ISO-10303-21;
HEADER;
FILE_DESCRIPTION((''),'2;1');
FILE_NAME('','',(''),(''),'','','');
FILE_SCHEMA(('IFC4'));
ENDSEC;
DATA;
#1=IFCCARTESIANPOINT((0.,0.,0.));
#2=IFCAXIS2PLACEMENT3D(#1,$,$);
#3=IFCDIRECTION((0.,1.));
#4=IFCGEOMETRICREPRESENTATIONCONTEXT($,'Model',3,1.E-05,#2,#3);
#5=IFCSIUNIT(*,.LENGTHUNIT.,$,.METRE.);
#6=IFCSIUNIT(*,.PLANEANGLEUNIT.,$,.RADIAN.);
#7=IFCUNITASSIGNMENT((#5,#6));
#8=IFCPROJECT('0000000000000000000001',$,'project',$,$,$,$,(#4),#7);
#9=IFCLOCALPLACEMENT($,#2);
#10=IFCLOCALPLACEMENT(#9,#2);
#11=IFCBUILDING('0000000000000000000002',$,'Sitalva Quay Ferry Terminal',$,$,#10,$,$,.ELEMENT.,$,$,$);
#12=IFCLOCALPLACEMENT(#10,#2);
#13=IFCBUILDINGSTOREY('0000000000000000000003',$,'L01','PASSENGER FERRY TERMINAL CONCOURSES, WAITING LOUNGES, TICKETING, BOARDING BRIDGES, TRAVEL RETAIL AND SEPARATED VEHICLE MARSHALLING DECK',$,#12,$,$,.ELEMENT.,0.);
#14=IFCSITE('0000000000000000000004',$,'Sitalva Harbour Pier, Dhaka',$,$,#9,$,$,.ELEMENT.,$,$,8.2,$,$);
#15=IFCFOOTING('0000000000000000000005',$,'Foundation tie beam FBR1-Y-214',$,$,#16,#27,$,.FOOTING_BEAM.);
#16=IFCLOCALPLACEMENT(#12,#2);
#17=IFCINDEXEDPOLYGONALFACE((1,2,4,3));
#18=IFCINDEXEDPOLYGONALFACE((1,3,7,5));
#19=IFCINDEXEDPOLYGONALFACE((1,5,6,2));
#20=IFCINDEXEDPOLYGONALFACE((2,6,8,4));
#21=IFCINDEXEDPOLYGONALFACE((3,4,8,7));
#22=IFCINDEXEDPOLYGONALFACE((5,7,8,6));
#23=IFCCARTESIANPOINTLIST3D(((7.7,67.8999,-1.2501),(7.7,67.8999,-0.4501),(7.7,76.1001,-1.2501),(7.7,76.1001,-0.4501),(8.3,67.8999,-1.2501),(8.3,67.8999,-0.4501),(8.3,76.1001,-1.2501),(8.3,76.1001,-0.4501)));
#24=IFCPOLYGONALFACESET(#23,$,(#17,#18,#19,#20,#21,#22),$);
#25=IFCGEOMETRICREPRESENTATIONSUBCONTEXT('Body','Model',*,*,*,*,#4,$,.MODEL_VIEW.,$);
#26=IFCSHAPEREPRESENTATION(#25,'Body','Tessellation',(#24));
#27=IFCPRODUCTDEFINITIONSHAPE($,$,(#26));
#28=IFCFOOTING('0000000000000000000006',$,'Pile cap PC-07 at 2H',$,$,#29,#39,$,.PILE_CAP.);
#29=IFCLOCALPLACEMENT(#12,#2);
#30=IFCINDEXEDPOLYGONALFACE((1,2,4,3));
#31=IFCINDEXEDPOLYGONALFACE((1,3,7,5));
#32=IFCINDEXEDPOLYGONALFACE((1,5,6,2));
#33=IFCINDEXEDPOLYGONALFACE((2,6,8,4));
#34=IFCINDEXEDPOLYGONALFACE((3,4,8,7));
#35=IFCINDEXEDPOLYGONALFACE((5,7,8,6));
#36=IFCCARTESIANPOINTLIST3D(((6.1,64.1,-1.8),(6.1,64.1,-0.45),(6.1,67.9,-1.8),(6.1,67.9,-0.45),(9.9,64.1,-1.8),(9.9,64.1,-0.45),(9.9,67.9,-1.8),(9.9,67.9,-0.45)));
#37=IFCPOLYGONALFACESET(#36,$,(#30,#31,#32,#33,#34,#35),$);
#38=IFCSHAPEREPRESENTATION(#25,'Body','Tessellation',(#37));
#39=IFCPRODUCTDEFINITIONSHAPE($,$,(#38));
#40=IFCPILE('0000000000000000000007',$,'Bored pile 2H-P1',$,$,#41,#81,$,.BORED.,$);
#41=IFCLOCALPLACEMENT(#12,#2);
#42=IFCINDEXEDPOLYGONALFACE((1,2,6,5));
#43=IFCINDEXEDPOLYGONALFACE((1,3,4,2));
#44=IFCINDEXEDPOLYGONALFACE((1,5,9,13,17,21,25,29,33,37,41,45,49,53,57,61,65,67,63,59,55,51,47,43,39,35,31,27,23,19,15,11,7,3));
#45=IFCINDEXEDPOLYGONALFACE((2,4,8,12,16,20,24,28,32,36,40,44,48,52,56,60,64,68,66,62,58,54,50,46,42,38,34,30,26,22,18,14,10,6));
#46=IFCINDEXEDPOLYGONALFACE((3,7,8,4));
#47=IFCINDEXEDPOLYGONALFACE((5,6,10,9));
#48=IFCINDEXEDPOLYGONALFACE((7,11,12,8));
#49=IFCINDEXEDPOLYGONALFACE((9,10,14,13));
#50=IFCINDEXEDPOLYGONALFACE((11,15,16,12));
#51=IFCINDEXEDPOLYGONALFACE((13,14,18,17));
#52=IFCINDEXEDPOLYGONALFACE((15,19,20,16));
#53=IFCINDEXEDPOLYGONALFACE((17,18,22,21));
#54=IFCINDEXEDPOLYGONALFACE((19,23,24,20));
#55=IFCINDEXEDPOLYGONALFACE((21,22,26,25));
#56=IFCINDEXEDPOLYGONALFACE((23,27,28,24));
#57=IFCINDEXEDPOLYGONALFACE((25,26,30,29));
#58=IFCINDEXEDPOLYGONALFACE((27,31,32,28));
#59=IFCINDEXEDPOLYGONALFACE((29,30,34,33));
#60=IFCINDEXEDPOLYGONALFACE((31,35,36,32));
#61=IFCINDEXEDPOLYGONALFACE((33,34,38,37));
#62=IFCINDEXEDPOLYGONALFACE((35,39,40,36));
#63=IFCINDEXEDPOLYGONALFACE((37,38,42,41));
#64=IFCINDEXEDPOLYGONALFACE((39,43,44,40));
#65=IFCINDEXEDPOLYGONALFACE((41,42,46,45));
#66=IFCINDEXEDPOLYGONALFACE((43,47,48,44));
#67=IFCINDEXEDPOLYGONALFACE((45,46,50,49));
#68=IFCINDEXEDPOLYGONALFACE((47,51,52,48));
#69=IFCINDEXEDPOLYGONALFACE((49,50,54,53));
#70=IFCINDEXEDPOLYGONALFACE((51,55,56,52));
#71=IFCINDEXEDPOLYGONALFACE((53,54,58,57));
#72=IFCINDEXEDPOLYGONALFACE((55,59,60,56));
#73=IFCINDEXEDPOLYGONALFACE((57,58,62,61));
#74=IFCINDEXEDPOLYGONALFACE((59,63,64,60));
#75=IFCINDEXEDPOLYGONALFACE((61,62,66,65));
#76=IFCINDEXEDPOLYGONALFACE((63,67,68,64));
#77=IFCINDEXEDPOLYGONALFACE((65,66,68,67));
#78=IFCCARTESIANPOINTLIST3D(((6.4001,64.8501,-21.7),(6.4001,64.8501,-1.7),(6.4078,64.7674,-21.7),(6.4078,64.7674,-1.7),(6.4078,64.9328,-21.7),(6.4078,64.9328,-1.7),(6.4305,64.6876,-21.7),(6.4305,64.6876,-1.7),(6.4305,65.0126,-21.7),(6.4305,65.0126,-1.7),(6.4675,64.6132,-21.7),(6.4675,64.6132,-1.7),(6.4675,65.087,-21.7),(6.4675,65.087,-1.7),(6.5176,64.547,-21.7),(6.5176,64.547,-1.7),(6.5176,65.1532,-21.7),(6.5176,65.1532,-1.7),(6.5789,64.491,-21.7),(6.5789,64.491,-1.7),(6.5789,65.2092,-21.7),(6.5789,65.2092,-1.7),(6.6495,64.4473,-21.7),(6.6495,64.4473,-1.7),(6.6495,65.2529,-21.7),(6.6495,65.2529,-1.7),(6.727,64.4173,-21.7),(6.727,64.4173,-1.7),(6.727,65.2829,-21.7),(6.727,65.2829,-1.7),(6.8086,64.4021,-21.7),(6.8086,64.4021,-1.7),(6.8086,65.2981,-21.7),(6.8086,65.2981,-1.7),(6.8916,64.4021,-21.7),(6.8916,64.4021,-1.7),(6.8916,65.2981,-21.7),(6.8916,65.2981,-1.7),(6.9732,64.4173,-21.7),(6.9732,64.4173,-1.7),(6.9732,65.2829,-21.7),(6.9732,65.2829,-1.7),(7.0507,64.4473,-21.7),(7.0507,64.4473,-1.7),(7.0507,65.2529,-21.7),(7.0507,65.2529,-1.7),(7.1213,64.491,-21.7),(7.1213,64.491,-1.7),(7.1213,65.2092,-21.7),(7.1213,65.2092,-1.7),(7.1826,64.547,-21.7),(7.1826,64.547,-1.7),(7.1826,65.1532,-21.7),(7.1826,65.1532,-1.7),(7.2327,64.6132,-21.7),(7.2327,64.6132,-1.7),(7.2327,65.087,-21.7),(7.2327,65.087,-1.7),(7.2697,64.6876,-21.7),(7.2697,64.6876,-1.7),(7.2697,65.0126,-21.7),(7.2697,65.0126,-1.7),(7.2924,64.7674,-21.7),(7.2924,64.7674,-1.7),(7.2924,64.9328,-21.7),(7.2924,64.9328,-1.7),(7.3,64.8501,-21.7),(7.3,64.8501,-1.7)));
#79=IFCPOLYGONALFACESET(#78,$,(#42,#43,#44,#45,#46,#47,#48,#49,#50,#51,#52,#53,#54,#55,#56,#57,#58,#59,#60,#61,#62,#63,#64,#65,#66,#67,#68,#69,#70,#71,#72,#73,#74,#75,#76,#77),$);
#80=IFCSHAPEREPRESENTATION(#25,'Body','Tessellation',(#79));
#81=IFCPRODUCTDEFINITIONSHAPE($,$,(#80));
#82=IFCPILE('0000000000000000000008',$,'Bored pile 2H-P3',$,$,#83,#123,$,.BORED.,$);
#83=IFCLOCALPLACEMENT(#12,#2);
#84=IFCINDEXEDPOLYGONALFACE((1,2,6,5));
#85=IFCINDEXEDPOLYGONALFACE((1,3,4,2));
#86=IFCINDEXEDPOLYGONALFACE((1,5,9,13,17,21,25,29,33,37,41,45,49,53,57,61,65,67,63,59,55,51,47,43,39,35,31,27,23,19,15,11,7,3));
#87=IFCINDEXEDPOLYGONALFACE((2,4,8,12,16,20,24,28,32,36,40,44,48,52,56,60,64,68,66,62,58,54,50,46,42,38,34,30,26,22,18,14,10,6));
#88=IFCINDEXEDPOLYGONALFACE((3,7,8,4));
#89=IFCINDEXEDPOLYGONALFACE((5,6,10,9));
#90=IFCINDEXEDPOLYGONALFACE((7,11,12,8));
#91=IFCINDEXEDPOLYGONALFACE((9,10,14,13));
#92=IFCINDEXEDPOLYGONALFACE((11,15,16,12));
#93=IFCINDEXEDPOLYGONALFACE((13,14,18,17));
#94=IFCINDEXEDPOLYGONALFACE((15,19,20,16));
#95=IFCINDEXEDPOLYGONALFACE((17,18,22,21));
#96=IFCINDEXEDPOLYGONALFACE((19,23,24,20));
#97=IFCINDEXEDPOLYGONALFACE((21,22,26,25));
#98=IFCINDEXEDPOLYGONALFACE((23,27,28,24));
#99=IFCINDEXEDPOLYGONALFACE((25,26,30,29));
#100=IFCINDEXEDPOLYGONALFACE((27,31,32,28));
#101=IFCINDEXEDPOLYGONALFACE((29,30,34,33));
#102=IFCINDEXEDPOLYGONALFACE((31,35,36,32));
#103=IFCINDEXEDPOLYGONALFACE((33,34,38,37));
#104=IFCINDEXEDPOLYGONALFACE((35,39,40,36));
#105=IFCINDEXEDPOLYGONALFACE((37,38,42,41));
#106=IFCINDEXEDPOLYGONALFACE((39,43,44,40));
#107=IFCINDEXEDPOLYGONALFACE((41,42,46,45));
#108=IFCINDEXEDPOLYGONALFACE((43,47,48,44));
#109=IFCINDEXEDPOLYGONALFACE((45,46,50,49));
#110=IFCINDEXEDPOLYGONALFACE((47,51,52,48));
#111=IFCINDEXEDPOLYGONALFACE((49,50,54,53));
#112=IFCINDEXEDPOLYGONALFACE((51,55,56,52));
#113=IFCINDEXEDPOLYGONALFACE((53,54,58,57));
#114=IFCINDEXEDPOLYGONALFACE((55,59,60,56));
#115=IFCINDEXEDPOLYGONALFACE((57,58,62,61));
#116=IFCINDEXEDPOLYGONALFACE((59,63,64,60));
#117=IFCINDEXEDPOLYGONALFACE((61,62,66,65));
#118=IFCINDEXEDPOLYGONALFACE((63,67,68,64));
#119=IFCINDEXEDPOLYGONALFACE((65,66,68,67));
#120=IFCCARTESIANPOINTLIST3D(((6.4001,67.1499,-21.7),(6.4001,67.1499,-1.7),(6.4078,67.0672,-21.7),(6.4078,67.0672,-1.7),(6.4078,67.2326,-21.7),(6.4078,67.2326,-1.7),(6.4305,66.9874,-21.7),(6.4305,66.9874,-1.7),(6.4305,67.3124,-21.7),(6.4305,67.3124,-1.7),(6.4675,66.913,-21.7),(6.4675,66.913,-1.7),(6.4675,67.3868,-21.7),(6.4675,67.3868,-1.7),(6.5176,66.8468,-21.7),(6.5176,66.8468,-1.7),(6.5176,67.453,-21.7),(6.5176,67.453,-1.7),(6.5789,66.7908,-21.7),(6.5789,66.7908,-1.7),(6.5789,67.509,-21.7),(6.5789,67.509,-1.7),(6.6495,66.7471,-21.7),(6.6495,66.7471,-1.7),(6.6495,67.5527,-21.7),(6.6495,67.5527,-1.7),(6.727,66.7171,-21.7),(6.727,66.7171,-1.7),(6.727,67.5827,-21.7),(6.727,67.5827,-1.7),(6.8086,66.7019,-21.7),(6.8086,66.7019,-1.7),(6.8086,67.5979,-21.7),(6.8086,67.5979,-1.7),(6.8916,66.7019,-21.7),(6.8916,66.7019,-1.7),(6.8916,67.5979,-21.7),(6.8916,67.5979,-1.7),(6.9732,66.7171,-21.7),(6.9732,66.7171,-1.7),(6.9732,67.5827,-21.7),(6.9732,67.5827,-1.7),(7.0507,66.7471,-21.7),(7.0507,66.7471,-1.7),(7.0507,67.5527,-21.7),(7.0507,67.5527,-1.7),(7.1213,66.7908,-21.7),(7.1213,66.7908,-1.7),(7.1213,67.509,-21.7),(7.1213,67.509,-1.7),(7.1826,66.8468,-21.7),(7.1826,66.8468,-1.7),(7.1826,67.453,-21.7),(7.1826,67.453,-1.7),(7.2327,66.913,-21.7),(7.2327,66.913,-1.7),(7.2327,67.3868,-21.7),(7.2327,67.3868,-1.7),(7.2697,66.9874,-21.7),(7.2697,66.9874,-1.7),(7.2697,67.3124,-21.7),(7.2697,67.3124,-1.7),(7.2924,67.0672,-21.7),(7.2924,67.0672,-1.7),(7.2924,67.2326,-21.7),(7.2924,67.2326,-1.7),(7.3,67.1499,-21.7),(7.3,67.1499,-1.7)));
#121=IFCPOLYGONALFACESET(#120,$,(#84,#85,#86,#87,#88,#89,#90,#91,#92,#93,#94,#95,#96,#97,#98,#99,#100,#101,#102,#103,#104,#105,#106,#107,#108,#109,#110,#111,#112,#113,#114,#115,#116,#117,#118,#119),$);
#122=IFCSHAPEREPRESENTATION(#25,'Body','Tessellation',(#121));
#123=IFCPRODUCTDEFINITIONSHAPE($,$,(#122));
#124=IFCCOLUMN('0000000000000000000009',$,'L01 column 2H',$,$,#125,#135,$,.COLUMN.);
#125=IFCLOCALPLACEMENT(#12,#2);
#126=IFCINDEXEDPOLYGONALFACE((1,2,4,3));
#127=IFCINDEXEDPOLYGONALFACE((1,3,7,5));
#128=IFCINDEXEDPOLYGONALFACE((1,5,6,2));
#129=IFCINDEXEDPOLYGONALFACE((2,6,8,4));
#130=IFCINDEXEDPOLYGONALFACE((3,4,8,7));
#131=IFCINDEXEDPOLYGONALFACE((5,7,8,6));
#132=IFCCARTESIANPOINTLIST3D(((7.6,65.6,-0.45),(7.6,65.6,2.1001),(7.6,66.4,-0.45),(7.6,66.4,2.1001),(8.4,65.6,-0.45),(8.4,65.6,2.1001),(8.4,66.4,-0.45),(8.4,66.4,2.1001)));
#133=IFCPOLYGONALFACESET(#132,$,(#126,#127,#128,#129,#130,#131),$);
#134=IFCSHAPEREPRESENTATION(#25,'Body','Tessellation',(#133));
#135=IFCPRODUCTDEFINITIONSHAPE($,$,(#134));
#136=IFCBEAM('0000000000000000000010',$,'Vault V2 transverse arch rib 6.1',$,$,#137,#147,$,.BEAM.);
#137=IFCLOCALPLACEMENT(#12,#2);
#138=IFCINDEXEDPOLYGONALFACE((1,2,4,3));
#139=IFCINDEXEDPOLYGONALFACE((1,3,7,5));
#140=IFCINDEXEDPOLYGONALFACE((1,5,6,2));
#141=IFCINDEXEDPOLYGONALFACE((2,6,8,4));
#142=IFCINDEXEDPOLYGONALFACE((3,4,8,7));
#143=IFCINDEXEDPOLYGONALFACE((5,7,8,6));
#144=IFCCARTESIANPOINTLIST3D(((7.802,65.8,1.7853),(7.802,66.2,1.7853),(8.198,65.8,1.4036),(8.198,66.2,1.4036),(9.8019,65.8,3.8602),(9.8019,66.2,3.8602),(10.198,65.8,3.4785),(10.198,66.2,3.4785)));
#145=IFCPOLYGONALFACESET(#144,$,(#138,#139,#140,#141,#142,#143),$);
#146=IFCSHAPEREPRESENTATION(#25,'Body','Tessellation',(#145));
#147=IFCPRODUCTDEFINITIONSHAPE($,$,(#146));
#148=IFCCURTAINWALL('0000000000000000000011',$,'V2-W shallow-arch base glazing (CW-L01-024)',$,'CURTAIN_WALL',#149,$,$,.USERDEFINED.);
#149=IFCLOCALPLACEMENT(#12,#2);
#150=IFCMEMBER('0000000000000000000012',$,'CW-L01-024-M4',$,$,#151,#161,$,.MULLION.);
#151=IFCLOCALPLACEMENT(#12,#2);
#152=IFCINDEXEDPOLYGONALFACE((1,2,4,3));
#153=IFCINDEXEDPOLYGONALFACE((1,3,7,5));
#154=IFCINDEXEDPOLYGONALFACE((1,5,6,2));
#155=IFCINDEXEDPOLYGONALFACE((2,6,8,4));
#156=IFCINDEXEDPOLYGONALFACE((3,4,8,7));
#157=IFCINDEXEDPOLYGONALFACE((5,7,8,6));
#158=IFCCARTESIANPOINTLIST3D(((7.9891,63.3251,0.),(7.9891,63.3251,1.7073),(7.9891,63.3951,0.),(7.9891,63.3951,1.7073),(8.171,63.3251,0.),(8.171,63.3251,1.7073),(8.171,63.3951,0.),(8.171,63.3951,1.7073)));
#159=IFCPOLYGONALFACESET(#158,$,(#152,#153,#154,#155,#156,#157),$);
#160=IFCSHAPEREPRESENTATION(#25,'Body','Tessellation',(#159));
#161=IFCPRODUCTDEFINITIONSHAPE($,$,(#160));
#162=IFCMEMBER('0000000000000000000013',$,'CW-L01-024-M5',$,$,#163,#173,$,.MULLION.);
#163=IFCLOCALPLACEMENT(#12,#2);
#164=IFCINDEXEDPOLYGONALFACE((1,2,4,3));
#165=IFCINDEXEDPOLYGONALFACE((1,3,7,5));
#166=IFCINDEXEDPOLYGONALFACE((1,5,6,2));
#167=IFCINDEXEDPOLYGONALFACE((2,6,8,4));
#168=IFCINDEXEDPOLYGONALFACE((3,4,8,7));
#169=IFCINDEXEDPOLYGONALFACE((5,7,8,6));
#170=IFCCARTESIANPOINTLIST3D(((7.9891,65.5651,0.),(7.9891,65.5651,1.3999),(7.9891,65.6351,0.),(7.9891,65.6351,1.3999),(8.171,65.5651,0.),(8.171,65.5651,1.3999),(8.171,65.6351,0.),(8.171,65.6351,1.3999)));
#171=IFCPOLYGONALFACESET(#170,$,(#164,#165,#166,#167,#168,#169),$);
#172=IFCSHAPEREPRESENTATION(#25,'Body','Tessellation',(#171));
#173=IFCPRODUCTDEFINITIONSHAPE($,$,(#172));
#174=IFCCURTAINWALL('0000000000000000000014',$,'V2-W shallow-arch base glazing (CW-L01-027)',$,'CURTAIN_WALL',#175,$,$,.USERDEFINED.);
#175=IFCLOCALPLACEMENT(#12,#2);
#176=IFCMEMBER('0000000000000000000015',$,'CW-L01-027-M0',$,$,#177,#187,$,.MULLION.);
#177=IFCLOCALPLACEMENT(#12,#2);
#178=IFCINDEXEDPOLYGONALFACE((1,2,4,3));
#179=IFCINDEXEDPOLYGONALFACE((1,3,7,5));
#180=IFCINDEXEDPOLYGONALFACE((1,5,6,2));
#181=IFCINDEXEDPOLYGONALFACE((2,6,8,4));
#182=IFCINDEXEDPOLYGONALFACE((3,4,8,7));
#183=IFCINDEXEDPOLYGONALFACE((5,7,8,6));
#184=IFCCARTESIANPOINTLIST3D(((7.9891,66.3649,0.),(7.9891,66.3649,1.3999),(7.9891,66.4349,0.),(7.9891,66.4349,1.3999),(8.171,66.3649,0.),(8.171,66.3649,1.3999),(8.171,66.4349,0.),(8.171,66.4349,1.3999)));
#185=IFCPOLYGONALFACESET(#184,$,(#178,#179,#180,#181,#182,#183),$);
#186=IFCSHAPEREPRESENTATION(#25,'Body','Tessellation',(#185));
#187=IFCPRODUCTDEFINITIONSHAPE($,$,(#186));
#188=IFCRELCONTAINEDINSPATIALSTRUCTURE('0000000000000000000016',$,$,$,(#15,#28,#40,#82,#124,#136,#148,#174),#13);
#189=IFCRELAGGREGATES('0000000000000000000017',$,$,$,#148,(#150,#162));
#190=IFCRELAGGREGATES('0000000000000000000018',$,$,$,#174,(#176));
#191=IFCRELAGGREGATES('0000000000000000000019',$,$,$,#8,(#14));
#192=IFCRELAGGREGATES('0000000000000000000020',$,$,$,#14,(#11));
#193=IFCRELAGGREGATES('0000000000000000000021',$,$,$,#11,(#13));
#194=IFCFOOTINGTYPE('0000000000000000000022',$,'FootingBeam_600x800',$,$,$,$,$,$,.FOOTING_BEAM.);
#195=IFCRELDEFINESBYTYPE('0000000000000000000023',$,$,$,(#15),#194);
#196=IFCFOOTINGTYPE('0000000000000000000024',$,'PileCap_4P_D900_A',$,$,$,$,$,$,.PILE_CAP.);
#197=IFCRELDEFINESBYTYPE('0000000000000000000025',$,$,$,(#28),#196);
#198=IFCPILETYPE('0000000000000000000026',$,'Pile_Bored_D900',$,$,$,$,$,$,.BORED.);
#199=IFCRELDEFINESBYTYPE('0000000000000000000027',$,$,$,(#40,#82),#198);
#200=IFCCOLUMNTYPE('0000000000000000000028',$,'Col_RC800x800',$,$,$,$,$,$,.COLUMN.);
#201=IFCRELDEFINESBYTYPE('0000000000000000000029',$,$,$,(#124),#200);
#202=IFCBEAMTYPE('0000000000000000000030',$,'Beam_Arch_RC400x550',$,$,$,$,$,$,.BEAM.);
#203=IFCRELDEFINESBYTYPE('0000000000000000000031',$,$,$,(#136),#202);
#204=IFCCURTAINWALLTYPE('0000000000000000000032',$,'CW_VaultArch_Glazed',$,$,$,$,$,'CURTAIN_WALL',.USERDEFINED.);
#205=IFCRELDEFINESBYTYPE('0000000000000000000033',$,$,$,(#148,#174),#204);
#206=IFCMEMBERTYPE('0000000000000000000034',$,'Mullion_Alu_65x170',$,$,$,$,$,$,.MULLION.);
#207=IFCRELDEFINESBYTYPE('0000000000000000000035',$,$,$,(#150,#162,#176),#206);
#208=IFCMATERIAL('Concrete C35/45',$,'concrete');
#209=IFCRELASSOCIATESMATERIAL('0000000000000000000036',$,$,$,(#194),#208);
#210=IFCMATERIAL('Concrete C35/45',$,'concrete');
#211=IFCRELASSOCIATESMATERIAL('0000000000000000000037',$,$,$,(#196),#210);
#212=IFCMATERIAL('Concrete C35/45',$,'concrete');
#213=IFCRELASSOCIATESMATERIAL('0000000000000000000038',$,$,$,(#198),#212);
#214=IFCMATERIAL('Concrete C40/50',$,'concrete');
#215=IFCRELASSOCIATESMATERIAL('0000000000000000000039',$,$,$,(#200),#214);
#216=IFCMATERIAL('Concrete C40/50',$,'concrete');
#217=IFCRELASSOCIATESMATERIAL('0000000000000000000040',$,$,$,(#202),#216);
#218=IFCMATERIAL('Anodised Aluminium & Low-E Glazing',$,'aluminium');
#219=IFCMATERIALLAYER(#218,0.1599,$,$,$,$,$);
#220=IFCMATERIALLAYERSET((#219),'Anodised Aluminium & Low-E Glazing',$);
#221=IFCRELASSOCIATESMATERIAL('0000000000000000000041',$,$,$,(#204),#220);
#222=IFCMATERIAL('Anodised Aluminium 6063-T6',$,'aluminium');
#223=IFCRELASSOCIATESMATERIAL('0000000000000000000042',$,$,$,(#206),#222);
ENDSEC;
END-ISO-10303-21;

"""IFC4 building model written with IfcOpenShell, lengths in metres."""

from ifc_helpers import new_model, si_unit, direction, frame, origin, origin_2d, place, context, subcontext, project, spatial, rectangle, circle, extrude, material, layer, layer_set, material_profile, profile_set, type_object, element, aggregate, save


model = new_model("IFC4")

# Units and contexts
model_context = context("Model", 3, precision=1e-05, world=origin(), true_north=direction((0.0, 1.0)))
body_context = subcontext(model_context, "Body", "Model", "MODEL_VIEW")
ifc_project = project(units=[si_unit("LENGTHUNIT", "METRE"), si_unit("PLANEANGLEUNIT", "RADIAN")], contexts=[model_context])

# Site, building, storey
site_placement = place(None, origin())
site = spatial("IfcSite", under=ifc_project, at=site_placement, Name="Sitalva Harbour Pier, Dhaka", CompositionType="ELEMENT", RefElevation=8.2)
building_placement = place(site_placement, origin())
building = spatial("IfcBuilding", under=site, at=building_placement, Name="Sitalva Quay Ferry Terminal", CompositionType="ELEMENT")
storey_placement = place(building_placement, origin())
storey = spatial("IfcBuildingStorey", under=building, at=storey_placement, Name="L01", Description="PASSENGER FERRY TERMINAL CONCOURSES, WAITING LOUNGES, TICKETING, BOARDING BRIDGES, TRAVEL RETAIL AND SEPARATED VEHICLE MARSHALLING DECK", CompositionType="ELEMENT", Elevation=0.0)

# Footings
ifc_material_1 = material(Name="Concrete C35/45", Category="concrete")
ifc_material_profile_1 = material_profile(ifc_material_1, rectangle(XDim=0.6001, YDim=0.8, at=origin_2d()), Name="RC600x800")
ifc_profile_set_1 = profile_set([ifc_material_profile_1], Name="Concrete C35/45")
footing_type_1 = type_object("IfcFootingType", Name="FootingBeam_600x800", PredefinedType="FOOTING_BEAM", material=ifc_profile_set_1)
footing_1_placement = place(storey_placement, frame((8.0, 67.8999, -0.8501), z_axis=(0.0, 1.0, 0.0), x_axis=(-1.0, 0.0, 0.0)))
element("IfcFooting", 1, at=footing_1_placement, inside=storey, type_object=footing_type_1, Name="Foundation tie beam FBR1-Y-214", PredefinedType="FOOTING_BEAM", context=body_context, shape_type="SweptSolid", body=[
    extrude(rectangle(XDim=0.6001, YDim=0.8, at=origin_2d()), origin(), (0.0, 0.0, 1.0), 8.2002),
])
ifc_material_2 = material(Name="Concrete C35/45", Category="concrete")
footing_type_2 = type_object("IfcFootingType", Name="PileCap_4P_D900_A", PredefinedType="PILE_CAP", material=ifc_material_2)
footing_2_placement = place(storey_placement, frame((8.0, 66.0, -1.8), z_axis=(0.0, 0.0, 1.0), x_axis=(1.0, 0.0, 0.0)))
element("IfcFooting", 2, at=footing_2_placement, inside=storey, type_object=footing_type_2, Name="Pile cap PC-07 at 2H", PredefinedType="PILE_CAP", context=body_context, shape_type="SweptSolid", body=[
    extrude(rectangle(XDim=3.8, YDim=3.8, at=origin_2d()), origin(), (0.0, 0.0, 1.0), 1.3501),
])

# Piles
ifc_material_3 = material(Name="Concrete C35/45", Category="concrete")
ifc_material_profile_2 = material_profile(ifc_material_3, circle(Radius=0.45, at=origin_2d()), Name="PILE-D900")
ifc_profile_set_2 = profile_set([ifc_material_profile_2], Name="Concrete C35/45")
pile_type = type_object("IfcPileType", Name="Pile_Bored_D900", PredefinedType="BORED", material=ifc_profile_set_2)
for number, where, z_axis, x_axis, name in (
    (3, (6.8501, 64.8501, -1.7), (0.0, 0.0, -1.0), (1.0, 0.0, 0.0), "Bored pile 2H-P1"),
    (4, (6.8501, 67.1499, -1.7), (0.0, 0.0, -1.0), (1.0, 0.0, 0.0), "Bored pile 2H-P3"),
):
    element("IfcPile", number, at=place(storey_placement, frame(where, z_axis=z_axis, x_axis=x_axis)), inside=storey, type_object=pile_type, Name=name, PredefinedType="BORED", context=body_context, shape_type="SweptSolid", body=[
        extrude(circle(Radius=0.45, at=origin_2d()), origin(), (0.0, 0.0, 1.0), 20.0),
    ])

# Column
ifc_material_4 = material(Name="Concrete C40/50", Category="concrete")
ifc_material_profile_3 = material_profile(ifc_material_4, rectangle(XDim=0.8, YDim=0.8, at=origin_2d()), Name="RC800x800")
ifc_profile_set_3 = profile_set([ifc_material_profile_3], Name="Concrete C40/50")
column_type = type_object("IfcColumnType", Name="Col_RC800x800", PredefinedType="COLUMN", material=ifc_profile_set_3)
column_placement = place(storey_placement, frame((8.0, 66.0, -0.45), z_axis=(0.0, 0.0, 1.0), x_axis=(1.0, 0.0, 0.0)))
element("IfcColumn", 5, at=column_placement, inside=storey, type_object=column_type, Name="L01 column 2H", PredefinedType="COLUMN", context=body_context, shape_type="SweptSolid", body=[
    extrude(rectangle(XDim=0.8, YDim=0.8, at=origin_2d()), origin(), (0.0, 0.0, 1.0), 2.55),
])

# Beam
ifc_material_5 = material(Name="Concrete C40/50", Category="concrete")
ifc_material_profile_4 = material_profile(ifc_material_5, rectangle(XDim=0.3999, YDim=0.55, at=origin_2d()), Name="RC400x550")
ifc_profile_set_4 = profile_set([ifc_material_profile_4], Name="Concrete C40/50")
beam_type = type_object("IfcBeamType", Name="Beam_Arch_RC400x550", PredefinedType="BEAM", material=ifc_profile_set_4)
beam_placement = place(storey_placement, frame((8.0, 66.0, 1.5945), z_axis=(0.693983, 0.0, 0.719991), x_axis=(0.0, 1.0, 0.0)))
element("IfcBeam", 6, at=beam_placement, inside=storey, type_object=beam_type, Name="Vault V2 transverse arch rib 6.1", PredefinedType="BEAM", context=body_context, shape_type="SweptSolid", body=[
    extrude(rectangle(XDim=0.3999, YDim=0.55, at=origin_2d()), origin(), (0.0, 0.0, 1.0), 2.8818),
])

# Curtain wall, members
ifc_material_6 = material(Name="Anodised Aluminium & Low-E Glazing", Category="aluminium")
ifc_layer_1 = layer(ifc_material_6, 0.1599)
ifc_layer_set_1 = layer_set([ifc_layer_1], Name="Anodised Aluminium & Low-E Glazing")
curtain_wall_type = type_object("IfcCurtainWallType", Name="CW_VaultArch_Glazed", ElementType="CURTAIN_WALL", PredefinedType="USERDEFINED", material=ifc_layer_set_1)
curtain_wall_1_placement = place(storey_placement, origin())
curtain_wall_1 = element("IfcCurtainWall", 7, at=curtain_wall_1_placement, inside=storey, type_object=curtain_wall_type, Name="V2-W shallow-arch base glazing (CW-L01-024)", ObjectType="CURTAIN_WALL", PredefinedType="USERDEFINED")
ifc_material_7 = material(Name="Anodised Aluminium 6063-T6", Category="aluminium")
ifc_material_profile_5 = material_profile(ifc_material_7, rectangle(XDim=0.0701, YDim=0.1819, at=origin_2d()), Name="ALU70x182")
ifc_profile_set_5 = profile_set([ifc_material_profile_5], Name="Anodised Aluminium 6063-T6")
member_type_1 = type_object("IfcMemberType", Name="Mullion_Alu_65x170", PredefinedType="MULLION", material=ifc_profile_set_5)
member_1_placement = place(storey_placement, frame((8.0801, 63.3601, 0.0), z_axis=(0.0, 0.0, 1.0), x_axis=(0.0, 1.0, 0.0)))
member_1 = element("IfcMember", 8, at=member_1_placement, type_object=member_type_1, Name="CW-L01-024-M4", PredefinedType="MULLION", context=body_context, shape_type="SweptSolid", body=[
    extrude(rectangle(XDim=0.0701, YDim=0.1819, at=origin_2d()), origin(), (0.0, 0.0, 1.0), 1.7073),
])
member_2_placement = place(storey_placement, frame((8.0801, 65.6001, 0.0), z_axis=(0.0, 0.0, 1.0), x_axis=(0.0, 1.0, 0.0)))
member_2 = element("IfcMember", 9, at=member_2_placement, type_object=member_type_1, Name="CW-L01-024-M5", PredefinedType="MULLION", context=body_context, shape_type="SweptSolid", body=[
    extrude(rectangle(XDim=0.0701, YDim=0.1819, at=origin_2d()), origin(), (0.0, 0.0, 1.0), 1.3999),
])

# Curtain wall, member
curtain_wall_2_placement = place(storey_placement, origin())
curtain_wall_2 = element("IfcCurtainWall", 10, at=curtain_wall_2_placement, inside=storey, type_object=curtain_wall_type, Name="V2-W shallow-arch base glazing (CW-L01-027)", ObjectType="CURTAIN_WALL", PredefinedType="USERDEFINED")
member_3_placement = place(storey_placement, frame((8.0801, 66.3999, 0.0), z_axis=(0.0, 0.0, 1.0), x_axis=(0.0, 1.0, 0.0)))
member_3 = element("IfcMember", 11, at=member_3_placement, type_object=member_type_1, Name="CW-L01-027-M0", PredefinedType="MULLION", context=body_context, shape_type="SweptSolid", body=[
    extrude(rectangle(XDim=0.0701, YDim=0.1819, at=origin_2d()), origin(), (0.0, 0.0, 1.0), 1.3999),
])

aggregate(curtain_wall_1, [member_1, member_2])
aggregate(curtain_wall_2, [member_3])

save(model, "model.ifc")
